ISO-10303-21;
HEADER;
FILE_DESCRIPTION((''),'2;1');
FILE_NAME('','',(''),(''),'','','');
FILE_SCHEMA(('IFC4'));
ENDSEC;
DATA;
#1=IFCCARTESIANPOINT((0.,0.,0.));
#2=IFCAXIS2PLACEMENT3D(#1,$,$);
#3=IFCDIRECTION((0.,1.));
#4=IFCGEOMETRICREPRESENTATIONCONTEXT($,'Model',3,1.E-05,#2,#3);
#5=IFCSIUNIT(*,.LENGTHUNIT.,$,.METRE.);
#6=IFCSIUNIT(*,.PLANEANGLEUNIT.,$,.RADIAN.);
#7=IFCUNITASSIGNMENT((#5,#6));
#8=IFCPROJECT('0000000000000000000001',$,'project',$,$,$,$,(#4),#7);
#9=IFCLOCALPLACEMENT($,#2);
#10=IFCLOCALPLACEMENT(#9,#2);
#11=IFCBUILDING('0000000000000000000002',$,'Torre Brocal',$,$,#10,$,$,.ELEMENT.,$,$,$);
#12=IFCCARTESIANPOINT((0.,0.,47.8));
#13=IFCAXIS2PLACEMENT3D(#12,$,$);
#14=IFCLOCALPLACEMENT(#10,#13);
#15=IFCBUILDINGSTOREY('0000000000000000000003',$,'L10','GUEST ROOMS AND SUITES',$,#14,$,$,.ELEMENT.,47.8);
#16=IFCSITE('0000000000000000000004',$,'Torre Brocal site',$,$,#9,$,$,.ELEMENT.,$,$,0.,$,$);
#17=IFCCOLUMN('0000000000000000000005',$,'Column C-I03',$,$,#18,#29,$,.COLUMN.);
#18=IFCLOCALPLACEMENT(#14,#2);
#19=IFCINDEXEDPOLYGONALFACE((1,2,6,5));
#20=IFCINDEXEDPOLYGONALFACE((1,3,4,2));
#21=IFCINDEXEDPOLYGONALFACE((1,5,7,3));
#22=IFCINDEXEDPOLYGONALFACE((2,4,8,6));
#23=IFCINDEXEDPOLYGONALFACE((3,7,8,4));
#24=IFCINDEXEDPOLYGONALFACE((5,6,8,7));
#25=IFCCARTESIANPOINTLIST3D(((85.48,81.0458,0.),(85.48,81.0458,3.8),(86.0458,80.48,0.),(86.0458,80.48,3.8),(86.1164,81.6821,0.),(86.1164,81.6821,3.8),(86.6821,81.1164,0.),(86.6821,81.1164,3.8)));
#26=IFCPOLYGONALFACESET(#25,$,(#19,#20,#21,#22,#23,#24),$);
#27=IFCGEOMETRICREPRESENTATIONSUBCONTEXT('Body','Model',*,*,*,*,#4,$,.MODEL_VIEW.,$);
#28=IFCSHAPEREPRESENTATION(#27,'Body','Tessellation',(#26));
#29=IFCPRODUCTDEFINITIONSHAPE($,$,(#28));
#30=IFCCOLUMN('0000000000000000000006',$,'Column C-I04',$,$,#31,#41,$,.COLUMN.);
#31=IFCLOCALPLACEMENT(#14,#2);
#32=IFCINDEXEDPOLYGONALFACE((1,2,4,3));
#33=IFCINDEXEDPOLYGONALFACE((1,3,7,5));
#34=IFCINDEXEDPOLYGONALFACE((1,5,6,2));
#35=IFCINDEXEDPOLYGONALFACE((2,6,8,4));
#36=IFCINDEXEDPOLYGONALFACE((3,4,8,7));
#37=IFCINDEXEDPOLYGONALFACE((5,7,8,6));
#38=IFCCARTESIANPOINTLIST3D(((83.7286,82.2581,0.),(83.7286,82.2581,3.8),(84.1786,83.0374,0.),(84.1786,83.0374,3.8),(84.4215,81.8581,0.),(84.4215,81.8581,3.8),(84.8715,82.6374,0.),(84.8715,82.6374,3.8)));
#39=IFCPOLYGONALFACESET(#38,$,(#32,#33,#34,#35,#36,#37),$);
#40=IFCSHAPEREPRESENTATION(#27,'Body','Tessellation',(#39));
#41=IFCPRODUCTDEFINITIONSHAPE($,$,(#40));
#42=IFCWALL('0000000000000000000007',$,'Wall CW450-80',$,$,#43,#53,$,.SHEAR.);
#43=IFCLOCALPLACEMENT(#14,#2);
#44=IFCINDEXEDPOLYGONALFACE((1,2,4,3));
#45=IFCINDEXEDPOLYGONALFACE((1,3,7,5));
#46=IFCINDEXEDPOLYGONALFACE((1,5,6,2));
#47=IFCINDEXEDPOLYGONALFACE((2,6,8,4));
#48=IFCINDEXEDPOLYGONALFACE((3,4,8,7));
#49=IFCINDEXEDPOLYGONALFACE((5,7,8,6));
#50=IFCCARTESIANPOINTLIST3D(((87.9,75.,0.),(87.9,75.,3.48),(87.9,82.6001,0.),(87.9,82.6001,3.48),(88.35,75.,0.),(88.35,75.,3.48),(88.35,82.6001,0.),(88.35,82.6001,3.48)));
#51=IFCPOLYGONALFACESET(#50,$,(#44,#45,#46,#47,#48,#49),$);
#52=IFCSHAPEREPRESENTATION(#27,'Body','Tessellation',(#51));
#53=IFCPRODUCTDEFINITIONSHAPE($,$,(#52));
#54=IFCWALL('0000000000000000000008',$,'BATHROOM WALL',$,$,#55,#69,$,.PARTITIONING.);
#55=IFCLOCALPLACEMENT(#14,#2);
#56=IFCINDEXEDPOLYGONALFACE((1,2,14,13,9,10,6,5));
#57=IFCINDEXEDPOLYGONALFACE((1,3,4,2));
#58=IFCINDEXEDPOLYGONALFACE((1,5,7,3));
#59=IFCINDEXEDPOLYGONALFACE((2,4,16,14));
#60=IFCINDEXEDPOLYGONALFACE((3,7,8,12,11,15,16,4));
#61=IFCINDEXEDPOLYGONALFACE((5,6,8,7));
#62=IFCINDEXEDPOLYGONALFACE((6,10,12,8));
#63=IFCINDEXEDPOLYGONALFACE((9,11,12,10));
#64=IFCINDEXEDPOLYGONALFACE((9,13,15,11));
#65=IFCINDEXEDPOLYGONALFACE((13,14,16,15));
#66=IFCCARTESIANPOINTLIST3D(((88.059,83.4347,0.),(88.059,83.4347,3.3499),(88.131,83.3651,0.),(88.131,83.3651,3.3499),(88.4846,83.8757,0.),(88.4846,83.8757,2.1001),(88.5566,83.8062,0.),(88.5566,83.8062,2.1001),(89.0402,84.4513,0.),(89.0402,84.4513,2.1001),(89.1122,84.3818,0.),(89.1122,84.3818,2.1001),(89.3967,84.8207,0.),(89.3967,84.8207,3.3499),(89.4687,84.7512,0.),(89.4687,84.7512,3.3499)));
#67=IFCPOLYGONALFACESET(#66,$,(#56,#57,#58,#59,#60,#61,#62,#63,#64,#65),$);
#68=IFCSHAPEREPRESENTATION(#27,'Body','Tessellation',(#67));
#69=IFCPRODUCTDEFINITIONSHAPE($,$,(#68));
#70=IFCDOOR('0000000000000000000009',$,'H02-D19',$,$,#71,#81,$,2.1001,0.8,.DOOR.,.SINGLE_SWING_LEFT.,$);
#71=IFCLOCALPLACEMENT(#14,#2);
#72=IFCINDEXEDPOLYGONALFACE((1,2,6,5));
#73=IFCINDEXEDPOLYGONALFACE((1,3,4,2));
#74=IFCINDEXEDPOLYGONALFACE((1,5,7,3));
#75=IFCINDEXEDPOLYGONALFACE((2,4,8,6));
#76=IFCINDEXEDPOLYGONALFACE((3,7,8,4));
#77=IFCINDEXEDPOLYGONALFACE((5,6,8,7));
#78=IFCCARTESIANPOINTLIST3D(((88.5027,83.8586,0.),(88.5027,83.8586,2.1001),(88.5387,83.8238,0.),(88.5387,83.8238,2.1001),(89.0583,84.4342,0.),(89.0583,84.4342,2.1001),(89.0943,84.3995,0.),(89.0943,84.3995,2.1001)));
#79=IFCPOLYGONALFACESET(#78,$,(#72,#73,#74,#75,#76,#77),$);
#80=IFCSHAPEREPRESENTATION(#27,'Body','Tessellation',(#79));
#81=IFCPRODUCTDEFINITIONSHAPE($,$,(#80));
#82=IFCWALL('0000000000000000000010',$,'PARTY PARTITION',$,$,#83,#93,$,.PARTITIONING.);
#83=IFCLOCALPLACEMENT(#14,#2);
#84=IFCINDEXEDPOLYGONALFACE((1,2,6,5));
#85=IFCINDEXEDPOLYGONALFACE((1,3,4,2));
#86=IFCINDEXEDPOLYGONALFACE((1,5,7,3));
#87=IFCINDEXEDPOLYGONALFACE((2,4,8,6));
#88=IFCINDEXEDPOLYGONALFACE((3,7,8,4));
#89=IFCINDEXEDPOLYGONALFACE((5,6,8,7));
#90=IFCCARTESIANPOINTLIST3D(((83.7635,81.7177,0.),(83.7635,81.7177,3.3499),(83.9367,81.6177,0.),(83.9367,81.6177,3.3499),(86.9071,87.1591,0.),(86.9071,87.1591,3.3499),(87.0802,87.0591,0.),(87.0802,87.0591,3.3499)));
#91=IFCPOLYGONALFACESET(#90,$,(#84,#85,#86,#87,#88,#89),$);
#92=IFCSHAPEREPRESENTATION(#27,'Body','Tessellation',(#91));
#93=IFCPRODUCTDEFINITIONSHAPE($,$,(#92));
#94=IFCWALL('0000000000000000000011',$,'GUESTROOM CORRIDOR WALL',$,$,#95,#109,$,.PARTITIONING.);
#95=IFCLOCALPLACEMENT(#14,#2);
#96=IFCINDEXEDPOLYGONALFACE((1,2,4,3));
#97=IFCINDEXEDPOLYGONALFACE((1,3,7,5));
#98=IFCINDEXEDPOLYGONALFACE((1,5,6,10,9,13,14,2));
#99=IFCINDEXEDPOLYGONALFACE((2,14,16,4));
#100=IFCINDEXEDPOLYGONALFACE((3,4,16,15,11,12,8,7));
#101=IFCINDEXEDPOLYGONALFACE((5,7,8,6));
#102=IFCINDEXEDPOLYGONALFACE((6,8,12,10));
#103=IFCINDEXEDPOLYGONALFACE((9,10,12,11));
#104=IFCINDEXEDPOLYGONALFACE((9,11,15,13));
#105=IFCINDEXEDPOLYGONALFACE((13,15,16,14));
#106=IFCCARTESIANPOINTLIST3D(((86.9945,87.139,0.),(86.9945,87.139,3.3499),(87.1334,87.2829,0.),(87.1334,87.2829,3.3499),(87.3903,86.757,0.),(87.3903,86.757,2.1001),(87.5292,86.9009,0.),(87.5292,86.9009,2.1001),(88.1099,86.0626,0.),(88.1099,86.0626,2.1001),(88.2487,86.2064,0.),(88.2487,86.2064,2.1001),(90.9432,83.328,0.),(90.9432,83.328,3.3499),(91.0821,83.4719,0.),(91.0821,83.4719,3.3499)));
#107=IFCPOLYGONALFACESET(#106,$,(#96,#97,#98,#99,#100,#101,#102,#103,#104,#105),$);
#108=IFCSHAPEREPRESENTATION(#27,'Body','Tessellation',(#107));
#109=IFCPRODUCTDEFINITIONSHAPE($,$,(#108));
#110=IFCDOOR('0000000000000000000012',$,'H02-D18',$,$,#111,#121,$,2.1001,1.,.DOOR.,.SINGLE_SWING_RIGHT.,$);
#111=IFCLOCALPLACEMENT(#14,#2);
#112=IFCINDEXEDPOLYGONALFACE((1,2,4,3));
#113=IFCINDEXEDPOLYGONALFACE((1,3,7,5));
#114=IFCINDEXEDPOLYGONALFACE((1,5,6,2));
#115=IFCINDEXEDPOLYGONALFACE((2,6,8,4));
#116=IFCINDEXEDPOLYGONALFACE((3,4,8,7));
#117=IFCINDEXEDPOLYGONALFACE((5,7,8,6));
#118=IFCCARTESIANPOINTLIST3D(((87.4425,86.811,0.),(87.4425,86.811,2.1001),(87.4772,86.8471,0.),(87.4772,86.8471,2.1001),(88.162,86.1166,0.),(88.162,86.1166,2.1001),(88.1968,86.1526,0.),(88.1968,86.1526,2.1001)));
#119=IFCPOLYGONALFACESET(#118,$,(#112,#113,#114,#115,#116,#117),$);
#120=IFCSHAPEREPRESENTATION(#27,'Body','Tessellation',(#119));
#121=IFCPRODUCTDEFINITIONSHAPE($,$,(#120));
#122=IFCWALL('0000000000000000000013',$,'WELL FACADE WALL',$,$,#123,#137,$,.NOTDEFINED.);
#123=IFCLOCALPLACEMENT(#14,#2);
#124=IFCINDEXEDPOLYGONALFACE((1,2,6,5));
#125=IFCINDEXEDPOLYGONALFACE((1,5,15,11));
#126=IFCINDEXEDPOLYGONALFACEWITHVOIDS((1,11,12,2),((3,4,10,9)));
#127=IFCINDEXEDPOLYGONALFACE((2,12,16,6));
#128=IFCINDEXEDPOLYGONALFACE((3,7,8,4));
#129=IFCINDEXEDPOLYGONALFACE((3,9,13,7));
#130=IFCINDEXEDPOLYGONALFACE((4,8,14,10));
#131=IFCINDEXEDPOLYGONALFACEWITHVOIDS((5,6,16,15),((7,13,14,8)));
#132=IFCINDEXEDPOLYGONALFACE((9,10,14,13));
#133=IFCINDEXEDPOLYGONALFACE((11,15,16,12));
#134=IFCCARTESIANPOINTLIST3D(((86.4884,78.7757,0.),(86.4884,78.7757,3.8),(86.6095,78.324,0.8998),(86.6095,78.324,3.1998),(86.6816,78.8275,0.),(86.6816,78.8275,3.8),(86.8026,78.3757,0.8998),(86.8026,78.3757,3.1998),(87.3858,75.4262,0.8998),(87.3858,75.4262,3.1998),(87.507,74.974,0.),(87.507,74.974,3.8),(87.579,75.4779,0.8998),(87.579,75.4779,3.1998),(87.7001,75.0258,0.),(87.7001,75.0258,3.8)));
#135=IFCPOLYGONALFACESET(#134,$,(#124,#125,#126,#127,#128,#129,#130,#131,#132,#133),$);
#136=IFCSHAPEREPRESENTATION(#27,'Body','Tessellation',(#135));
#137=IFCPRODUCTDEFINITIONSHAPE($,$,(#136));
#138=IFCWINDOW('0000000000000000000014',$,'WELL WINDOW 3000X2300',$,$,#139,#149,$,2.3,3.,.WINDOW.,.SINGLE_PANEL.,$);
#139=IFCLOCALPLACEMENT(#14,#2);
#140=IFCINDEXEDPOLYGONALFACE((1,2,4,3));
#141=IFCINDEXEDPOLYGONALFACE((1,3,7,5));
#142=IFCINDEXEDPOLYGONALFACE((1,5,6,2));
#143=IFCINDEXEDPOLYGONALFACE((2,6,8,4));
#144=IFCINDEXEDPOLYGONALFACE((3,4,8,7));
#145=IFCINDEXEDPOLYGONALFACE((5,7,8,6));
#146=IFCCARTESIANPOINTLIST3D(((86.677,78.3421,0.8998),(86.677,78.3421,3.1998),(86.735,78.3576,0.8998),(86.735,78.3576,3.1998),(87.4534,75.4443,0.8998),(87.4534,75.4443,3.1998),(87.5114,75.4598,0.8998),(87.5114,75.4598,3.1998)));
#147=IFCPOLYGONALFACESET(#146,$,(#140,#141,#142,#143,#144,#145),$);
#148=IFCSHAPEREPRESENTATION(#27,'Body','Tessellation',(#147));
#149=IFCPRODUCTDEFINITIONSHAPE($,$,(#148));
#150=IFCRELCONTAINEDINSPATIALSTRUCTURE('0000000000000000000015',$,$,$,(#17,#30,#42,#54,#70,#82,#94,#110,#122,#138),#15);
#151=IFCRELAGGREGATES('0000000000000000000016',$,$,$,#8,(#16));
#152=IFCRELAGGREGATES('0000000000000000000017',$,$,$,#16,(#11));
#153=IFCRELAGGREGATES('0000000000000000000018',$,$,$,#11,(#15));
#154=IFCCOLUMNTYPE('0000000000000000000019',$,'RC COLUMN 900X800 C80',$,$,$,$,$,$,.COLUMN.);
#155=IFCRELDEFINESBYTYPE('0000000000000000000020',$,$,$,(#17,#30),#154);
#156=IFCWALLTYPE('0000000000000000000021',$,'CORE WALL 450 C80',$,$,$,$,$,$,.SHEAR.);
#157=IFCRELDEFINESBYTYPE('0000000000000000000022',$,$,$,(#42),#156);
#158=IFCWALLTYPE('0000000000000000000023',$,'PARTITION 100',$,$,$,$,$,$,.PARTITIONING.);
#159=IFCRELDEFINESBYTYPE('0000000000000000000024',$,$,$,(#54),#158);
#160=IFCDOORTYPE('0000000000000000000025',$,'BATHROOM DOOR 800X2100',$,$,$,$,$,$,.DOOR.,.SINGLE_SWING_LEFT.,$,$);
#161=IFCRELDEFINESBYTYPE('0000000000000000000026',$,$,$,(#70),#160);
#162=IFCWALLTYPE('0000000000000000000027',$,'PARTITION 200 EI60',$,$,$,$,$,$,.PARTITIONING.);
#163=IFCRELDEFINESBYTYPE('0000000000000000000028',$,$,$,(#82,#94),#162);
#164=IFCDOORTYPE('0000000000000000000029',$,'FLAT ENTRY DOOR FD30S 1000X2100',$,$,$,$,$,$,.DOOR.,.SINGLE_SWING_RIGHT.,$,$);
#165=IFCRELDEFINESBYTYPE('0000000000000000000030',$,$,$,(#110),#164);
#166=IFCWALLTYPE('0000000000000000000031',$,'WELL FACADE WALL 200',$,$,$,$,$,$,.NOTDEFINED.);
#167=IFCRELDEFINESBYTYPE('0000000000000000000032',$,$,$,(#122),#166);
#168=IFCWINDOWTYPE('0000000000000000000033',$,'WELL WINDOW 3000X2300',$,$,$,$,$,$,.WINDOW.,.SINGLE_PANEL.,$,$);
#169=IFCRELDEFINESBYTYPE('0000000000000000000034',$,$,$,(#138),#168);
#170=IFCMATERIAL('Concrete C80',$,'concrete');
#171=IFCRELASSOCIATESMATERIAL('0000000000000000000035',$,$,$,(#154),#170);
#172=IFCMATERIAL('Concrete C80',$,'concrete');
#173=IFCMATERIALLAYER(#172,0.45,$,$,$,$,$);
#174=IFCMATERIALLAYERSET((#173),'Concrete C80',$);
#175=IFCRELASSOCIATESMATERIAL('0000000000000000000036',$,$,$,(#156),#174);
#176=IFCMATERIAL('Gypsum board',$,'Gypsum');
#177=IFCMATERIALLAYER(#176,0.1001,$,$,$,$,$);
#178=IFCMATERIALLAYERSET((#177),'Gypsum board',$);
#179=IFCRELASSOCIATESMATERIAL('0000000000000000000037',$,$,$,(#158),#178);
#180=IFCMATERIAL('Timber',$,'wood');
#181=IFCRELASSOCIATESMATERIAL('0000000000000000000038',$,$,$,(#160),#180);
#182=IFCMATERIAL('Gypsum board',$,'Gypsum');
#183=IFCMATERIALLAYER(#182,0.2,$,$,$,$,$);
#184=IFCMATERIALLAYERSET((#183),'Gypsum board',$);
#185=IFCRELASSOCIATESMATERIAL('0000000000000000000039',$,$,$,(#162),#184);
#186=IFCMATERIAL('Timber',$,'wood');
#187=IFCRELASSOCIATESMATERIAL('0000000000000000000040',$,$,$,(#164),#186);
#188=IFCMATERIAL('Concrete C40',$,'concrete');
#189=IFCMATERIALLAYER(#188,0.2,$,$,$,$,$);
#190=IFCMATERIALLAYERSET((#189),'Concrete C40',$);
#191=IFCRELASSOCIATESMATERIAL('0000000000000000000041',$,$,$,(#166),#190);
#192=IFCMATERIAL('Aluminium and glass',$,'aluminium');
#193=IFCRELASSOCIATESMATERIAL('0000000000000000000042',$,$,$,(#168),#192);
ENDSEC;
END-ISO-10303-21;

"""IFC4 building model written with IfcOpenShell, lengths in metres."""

from ifc_helpers import new_model, si_unit, direction, frame, frame_2d, origin, origin_2d, place, context, subcontext, project, spatial, rectangle, extrude, material, layer, layer_set, material_profile, profile_set, type_object, element, fill, save


model = new_model("IFC4")

# Units and contexts
model_context = context("Model", 3, precision=1e-05, world=origin(), true_north=direction((0.0, 1.0)))
body_context = subcontext(model_context, "Body", "Model", "MODEL_VIEW")
ifc_project = project(units=[si_unit("LENGTHUNIT", "METRE"), si_unit("PLANEANGLEUNIT", "RADIAN")], contexts=[model_context])

# Site, building, storey
site_placement = place(None, origin())
site = spatial("IfcSite", under=ifc_project, at=site_placement, Name="Torre Brocal site", CompositionType="ELEMENT", RefElevation=0.0)
building_placement = place(site_placement, origin())
building = spatial("IfcBuilding", under=site, at=building_placement, Name="Torre Brocal", CompositionType="ELEMENT")
storey_placement = place(building_placement, frame((0.0, 0.0, 47.8)))
storey = spatial("IfcBuildingStorey", under=building, at=storey_placement, Name="L10", Description="GUEST ROOMS AND SUITES", CompositionType="ELEMENT", Elevation=47.8)

# Columns
ifc_material_1 = material(Name="Concrete C80", Category="concrete")
ifc_material_profile = material_profile(ifc_material_1, rectangle(XDim=0.8999, YDim=0.8, at=origin_2d()), Name="RC 900X800")
ifc_profile_set = profile_set([ifc_material_profile], Name="Concrete C80")
column_type = type_object("IfcColumnType", Name="RC COLUMN 900X800 C80", PredefinedType="COLUMN", material=ifc_profile_set)
for number, where, z_axis, x_axis, name in (
    (1, (86.0811, 81.0811, 0.0), (0.0, 0.0, 1.0), (0.707107, 0.707107, 0.0), "Column C-I03"),
    (2, (84.3, 82.4478, 0.0), (0.0, 0.0, 1.0), (0.5, 0.866025, 0.0), "Column C-I04"),
):
    element("IfcColumn", number, at=place(storey_placement, frame(where, z_axis=z_axis, x_axis=x_axis)), inside=storey, type_object=column_type, Name=name, PredefinedType="COLUMN", context=body_context, shape_type="SweptSolid", body=[
        extrude(rectangle(XDim=0.8999, YDim=0.8, at=origin_2d()), origin(), (0.0, 0.0, 1.0), 3.8),
    ])

# Wall
ifc_material_2 = material(Name="Concrete C80", Category="concrete")
ifc_layer_1 = layer(ifc_material_2, 0.45)
ifc_layer_set_1 = layer_set([ifc_layer_1], Name="Concrete C80")
wall_type_1 = type_object("IfcWallType", Name="CORE WALL 450 C80", PredefinedType="SHEAR", material=ifc_layer_set_1)
wall_1_placement = place(storey_placement, frame((88.125, 75.0, 0.0), z_axis=(0.0, 0.0, 1.0), x_axis=(0.0, 1.0, 0.0)))
element("IfcWall", 3, at=wall_1_placement, inside=storey, type_object=wall_type_1, Name="Wall CW450-80", PredefinedType="SHEAR", context=body_context, shape_type="SweptSolid", body=[
    extrude(rectangle(XDim=7.6001, YDim=0.45, at=frame_2d((3.8, 0.0))), origin(), (0.0, 0.0, 1.0), 3.48),
])

# Wall, opening, door
ifc_material_3 = material(Name="Gypsum board", Category="Gypsum")
ifc_layer_2 = layer(ifc_material_3, 0.1001)
ifc_layer_set_2 = layer_set([ifc_layer_2], Name="Gypsum board")
wall_type_2 = type_object("IfcWallType", Name="PARTITION 100", PredefinedType="PARTITIONING", material=ifc_layer_set_2)
wall_2_placement = place(storey_placement, frame((88.095, 83.3999, 0.0), z_axis=(0.0, 0.0, 1.0), x_axis=(0.694447, 0.719543, 0.0)))
wall_2 = element("IfcWall", 4, at=wall_2_placement, inside=storey, type_object=wall_type_2, Name="BATHROOM WALL", PredefinedType="PARTITIONING", context=body_context, shape_type="SweptSolid", body=[
    extrude(rectangle(XDim=1.9263, YDim=0.1001, at=frame_2d((0.9631, 0.0))), origin(), (0.0, 0.0, 1.0), 3.3499),
])
opening_1_placement = place(wall_2_placement, frame((0.613, 0.0, 0.0)))
opening_1 = element("IfcOpeningElement", 5, at=opening_1_placement, cuts=wall_2, PredefinedType="OPENING", context=body_context, shape_type="SweptSolid", body=[
    extrude(rectangle(XDim=0.8, YDim=2.1001, at=frame_2d((0.3999, 1.05))), frame((0.0, 0.0601, 0.0), z_axis=(0.0, -1.0, 0.0), x_axis=(1.0, 0.0, 0.0)), (0.0, 0.0, 1.0), 0.1201),
])
ifc_material_4 = material(Name="Timber", Category="wood")
door_type_1 = type_object("IfcDoorType", Name="BATHROOM DOOR 800X2100", OperationType="SINGLE_SWING_LEFT", PredefinedType="DOOR", material=ifc_material_4)
door_1_placement = place(opening_1_placement, frame((0.8, 0.0, 0.0), z_axis=(0.0, 0.0, 1.0), x_axis=(-1.0, 0.0, 0.0)))
door_1 = element("IfcDoor", 6, at=door_1_placement, inside=storey, type_object=door_type_1, Name="H02-D19", OperationType="SINGLE_SWING_LEFT", OverallHeight=2.1001, OverallWidth=0.8, PredefinedType="DOOR", context=body_context, shape_type="SweptSolid", body=[
    extrude(rectangle(XDim=0.8, YDim=2.1001, at=frame_2d((0.3999, 1.05))), frame((0.0, 0.0249, 0.0), z_axis=(0.0, -1.0, 0.0), x_axis=(1.0, 0.0, 0.0)), (0.0, 0.0, 1.0), 0.05),
])
fill(opening_1, door_1)

# Wall
ifc_material_5 = material(Name="Gypsum board", Category="Gypsum")
ifc_layer_3 = layer(ifc_material_5, 0.2)
ifc_layer_set_3 = layer_set([ifc_layer_3], Name="Gypsum board")
wall_type_3 = type_object("IfcWallType", Name="PARTITION 200 EI60", PredefinedType="PARTITIONING", material=ifc_layer_set_3)
wall_3_placement = place(storey_placement, frame((83.8501, 81.6677, 0.0), z_axis=(0.0, 0.0, 1.0), x_axis=(0.500234, 0.865891, 0.0)))
element("IfcWall", 7, at=wall_3_placement, inside=storey, type_object=wall_type_3, Name="PARTY PARTITION", PredefinedType="PARTITIONING", context=body_context, shape_type="SweptSolid", body=[
    extrude(rectangle(XDim=6.2842, YDim=0.2, at=frame_2d((3.1421, 0.0))), origin(), (0.0, 0.0, 1.0), 3.3499),
])

# Wall, opening, door
wall_4_placement = place(storey_placement, frame((87.064, 87.2109, 0.0), z_axis=(0.0, 0.0, 1.0), x_axis=(0.719541, -0.69445, 0.0)))
wall_4 = element("IfcWall", 8, at=wall_4_placement, inside=storey, type_object=wall_type_3, Name="GUESTROOM CORRIDOR WALL", PredefinedType="PARTITIONING", context=body_context, shape_type="SweptSolid", body=[
    extrude(rectangle(XDim=5.4878, YDim=0.2, at=frame_2d((2.7439, 0.0))), origin(), (0.0, 0.0, 1.0), 3.3499),
])
opening_2_placement = place(wall_4_placement, frame((0.55, 0.0, 0.0)))
opening_2 = element("IfcOpeningElement", 9, at=opening_2_placement, cuts=wall_4, PredefinedType="OPENING", context=body_context, shape_type="SweptSolid", body=[
    extrude(rectangle(XDim=1.0, YDim=2.1001, at=frame_2d((0.5, 1.05))), frame((0.0, 0.1099, 0.0), z_axis=(0.0, -1.0, 0.0), x_axis=(1.0, 0.0, 0.0)), (0.0, 0.0, 1.0), 0.22),
])
ifc_material_6 = material(Name="Timber", Category="wood")
door_type_2 = type_object("IfcDoorType", Name="FLAT ENTRY DOOR FD30S 1000X2100", OperationType="SINGLE_SWING_RIGHT", PredefinedType="DOOR", material=ifc_material_6)
door_2_placement = place(opening_2_placement, frame((1.0, 0.0, 0.0), z_axis=(0.0, 0.0, 1.0), x_axis=(-1.0, 0.0, 0.0)))
door_2 = element("IfcDoor", 10, at=door_2_placement, inside=storey, type_object=door_type_2, Name="H02-D18", OperationType="SINGLE_SWING_RIGHT", OverallHeight=2.1001, OverallWidth=1.0, PredefinedType="DOOR", context=body_context, shape_type="SweptSolid", body=[
    extrude(rectangle(XDim=1.0, YDim=2.1001, at=frame_2d((0.5, 1.05))), frame((0.0, 0.0249, 0.0), z_axis=(0.0, -1.0, 0.0), x_axis=(1.0, 0.0, 0.0)), (0.0, 0.0, 1.0), 0.05),
])
fill(opening_2, door_2)

# Wall, opening, window
ifc_material_7 = material(Name="Concrete C40", Category="concrete")
ifc_layer_4 = layer(ifc_material_7, 0.2)
ifc_layer_set_4 = layer_set([ifc_layer_4], Name="Concrete C40")
wall_type_4 = type_object("IfcWallType", Name="WELL FACADE WALL 200", PredefinedType="NOTDEFINED", material=ifc_layer_set_4)
wall_5_placement = place(storey_placement, frame((87.6035, 75.0, 0.0), z_axis=(0.0, 0.0, 1.0), x_axis=(-0.25879, 0.965934, 0.0)))
wall_5 = element("IfcWall", 11, at=wall_5_placement, inside=storey, type_object=wall_type_4, Name="WELL FACADE WALL", PredefinedType="NOTDEFINED", context=body_context, shape_type="SweptSolid", body=[
    extrude(rectangle(XDim=3.9358, YDim=0.2, at=frame_2d((1.9678, 0.0))), origin(), (0.0, 0.0, 1.0), 3.8),
])
opening_3_placement = place(wall_5_placement, frame((0.468, 0.0, 0.8999)))
opening_3 = element("IfcOpeningElement", 12, at=opening_3_placement, cuts=wall_5, PredefinedType="OPENING", context=body_context, shape_type="SweptSolid", body=[
    extrude(rectangle(XDim=3.0, YDim=2.3, at=frame_2d((1.5, 1.1499))), frame((0.0, 0.1099, 0.0), z_axis=(0.0, -1.0, 0.0), x_axis=(1.0, 0.0, 0.0)), (0.0, 0.0, 1.0), 0.22),
])
ifc_material_8 = material(Name="Aluminium and glass", Category="aluminium")
window_type = type_object("IfcWindowType", Name="WELL WINDOW 3000X2300", PartitioningType="SINGLE_PANEL", PredefinedType="WINDOW", material=ifc_material_8)
window_1_placement = place(opening_3_placement, origin())
window_1 = element("IfcWindow", 13, at=window_1_placement, inside=storey, type_object=window_type, Name="WELL WINDOW 3000X2300", OverallHeight=2.3, OverallWidth=3.0, PartitioningType="SINGLE_PANEL", PredefinedType="WINDOW", context=body_context, shape_type="SweptSolid", body=[
    extrude(rectangle(XDim=3.0, YDim=2.3, at=frame_2d((1.5, 1.1499))), frame((0.0, 0.03, 0.0), z_axis=(0.0, -1.0, 0.0), x_axis=(1.0, 0.0, 0.0)), (0.0, 0.0, 1.0), 0.0601),
])
fill(opening_3, window_1)

save(model, "model.ifc")
